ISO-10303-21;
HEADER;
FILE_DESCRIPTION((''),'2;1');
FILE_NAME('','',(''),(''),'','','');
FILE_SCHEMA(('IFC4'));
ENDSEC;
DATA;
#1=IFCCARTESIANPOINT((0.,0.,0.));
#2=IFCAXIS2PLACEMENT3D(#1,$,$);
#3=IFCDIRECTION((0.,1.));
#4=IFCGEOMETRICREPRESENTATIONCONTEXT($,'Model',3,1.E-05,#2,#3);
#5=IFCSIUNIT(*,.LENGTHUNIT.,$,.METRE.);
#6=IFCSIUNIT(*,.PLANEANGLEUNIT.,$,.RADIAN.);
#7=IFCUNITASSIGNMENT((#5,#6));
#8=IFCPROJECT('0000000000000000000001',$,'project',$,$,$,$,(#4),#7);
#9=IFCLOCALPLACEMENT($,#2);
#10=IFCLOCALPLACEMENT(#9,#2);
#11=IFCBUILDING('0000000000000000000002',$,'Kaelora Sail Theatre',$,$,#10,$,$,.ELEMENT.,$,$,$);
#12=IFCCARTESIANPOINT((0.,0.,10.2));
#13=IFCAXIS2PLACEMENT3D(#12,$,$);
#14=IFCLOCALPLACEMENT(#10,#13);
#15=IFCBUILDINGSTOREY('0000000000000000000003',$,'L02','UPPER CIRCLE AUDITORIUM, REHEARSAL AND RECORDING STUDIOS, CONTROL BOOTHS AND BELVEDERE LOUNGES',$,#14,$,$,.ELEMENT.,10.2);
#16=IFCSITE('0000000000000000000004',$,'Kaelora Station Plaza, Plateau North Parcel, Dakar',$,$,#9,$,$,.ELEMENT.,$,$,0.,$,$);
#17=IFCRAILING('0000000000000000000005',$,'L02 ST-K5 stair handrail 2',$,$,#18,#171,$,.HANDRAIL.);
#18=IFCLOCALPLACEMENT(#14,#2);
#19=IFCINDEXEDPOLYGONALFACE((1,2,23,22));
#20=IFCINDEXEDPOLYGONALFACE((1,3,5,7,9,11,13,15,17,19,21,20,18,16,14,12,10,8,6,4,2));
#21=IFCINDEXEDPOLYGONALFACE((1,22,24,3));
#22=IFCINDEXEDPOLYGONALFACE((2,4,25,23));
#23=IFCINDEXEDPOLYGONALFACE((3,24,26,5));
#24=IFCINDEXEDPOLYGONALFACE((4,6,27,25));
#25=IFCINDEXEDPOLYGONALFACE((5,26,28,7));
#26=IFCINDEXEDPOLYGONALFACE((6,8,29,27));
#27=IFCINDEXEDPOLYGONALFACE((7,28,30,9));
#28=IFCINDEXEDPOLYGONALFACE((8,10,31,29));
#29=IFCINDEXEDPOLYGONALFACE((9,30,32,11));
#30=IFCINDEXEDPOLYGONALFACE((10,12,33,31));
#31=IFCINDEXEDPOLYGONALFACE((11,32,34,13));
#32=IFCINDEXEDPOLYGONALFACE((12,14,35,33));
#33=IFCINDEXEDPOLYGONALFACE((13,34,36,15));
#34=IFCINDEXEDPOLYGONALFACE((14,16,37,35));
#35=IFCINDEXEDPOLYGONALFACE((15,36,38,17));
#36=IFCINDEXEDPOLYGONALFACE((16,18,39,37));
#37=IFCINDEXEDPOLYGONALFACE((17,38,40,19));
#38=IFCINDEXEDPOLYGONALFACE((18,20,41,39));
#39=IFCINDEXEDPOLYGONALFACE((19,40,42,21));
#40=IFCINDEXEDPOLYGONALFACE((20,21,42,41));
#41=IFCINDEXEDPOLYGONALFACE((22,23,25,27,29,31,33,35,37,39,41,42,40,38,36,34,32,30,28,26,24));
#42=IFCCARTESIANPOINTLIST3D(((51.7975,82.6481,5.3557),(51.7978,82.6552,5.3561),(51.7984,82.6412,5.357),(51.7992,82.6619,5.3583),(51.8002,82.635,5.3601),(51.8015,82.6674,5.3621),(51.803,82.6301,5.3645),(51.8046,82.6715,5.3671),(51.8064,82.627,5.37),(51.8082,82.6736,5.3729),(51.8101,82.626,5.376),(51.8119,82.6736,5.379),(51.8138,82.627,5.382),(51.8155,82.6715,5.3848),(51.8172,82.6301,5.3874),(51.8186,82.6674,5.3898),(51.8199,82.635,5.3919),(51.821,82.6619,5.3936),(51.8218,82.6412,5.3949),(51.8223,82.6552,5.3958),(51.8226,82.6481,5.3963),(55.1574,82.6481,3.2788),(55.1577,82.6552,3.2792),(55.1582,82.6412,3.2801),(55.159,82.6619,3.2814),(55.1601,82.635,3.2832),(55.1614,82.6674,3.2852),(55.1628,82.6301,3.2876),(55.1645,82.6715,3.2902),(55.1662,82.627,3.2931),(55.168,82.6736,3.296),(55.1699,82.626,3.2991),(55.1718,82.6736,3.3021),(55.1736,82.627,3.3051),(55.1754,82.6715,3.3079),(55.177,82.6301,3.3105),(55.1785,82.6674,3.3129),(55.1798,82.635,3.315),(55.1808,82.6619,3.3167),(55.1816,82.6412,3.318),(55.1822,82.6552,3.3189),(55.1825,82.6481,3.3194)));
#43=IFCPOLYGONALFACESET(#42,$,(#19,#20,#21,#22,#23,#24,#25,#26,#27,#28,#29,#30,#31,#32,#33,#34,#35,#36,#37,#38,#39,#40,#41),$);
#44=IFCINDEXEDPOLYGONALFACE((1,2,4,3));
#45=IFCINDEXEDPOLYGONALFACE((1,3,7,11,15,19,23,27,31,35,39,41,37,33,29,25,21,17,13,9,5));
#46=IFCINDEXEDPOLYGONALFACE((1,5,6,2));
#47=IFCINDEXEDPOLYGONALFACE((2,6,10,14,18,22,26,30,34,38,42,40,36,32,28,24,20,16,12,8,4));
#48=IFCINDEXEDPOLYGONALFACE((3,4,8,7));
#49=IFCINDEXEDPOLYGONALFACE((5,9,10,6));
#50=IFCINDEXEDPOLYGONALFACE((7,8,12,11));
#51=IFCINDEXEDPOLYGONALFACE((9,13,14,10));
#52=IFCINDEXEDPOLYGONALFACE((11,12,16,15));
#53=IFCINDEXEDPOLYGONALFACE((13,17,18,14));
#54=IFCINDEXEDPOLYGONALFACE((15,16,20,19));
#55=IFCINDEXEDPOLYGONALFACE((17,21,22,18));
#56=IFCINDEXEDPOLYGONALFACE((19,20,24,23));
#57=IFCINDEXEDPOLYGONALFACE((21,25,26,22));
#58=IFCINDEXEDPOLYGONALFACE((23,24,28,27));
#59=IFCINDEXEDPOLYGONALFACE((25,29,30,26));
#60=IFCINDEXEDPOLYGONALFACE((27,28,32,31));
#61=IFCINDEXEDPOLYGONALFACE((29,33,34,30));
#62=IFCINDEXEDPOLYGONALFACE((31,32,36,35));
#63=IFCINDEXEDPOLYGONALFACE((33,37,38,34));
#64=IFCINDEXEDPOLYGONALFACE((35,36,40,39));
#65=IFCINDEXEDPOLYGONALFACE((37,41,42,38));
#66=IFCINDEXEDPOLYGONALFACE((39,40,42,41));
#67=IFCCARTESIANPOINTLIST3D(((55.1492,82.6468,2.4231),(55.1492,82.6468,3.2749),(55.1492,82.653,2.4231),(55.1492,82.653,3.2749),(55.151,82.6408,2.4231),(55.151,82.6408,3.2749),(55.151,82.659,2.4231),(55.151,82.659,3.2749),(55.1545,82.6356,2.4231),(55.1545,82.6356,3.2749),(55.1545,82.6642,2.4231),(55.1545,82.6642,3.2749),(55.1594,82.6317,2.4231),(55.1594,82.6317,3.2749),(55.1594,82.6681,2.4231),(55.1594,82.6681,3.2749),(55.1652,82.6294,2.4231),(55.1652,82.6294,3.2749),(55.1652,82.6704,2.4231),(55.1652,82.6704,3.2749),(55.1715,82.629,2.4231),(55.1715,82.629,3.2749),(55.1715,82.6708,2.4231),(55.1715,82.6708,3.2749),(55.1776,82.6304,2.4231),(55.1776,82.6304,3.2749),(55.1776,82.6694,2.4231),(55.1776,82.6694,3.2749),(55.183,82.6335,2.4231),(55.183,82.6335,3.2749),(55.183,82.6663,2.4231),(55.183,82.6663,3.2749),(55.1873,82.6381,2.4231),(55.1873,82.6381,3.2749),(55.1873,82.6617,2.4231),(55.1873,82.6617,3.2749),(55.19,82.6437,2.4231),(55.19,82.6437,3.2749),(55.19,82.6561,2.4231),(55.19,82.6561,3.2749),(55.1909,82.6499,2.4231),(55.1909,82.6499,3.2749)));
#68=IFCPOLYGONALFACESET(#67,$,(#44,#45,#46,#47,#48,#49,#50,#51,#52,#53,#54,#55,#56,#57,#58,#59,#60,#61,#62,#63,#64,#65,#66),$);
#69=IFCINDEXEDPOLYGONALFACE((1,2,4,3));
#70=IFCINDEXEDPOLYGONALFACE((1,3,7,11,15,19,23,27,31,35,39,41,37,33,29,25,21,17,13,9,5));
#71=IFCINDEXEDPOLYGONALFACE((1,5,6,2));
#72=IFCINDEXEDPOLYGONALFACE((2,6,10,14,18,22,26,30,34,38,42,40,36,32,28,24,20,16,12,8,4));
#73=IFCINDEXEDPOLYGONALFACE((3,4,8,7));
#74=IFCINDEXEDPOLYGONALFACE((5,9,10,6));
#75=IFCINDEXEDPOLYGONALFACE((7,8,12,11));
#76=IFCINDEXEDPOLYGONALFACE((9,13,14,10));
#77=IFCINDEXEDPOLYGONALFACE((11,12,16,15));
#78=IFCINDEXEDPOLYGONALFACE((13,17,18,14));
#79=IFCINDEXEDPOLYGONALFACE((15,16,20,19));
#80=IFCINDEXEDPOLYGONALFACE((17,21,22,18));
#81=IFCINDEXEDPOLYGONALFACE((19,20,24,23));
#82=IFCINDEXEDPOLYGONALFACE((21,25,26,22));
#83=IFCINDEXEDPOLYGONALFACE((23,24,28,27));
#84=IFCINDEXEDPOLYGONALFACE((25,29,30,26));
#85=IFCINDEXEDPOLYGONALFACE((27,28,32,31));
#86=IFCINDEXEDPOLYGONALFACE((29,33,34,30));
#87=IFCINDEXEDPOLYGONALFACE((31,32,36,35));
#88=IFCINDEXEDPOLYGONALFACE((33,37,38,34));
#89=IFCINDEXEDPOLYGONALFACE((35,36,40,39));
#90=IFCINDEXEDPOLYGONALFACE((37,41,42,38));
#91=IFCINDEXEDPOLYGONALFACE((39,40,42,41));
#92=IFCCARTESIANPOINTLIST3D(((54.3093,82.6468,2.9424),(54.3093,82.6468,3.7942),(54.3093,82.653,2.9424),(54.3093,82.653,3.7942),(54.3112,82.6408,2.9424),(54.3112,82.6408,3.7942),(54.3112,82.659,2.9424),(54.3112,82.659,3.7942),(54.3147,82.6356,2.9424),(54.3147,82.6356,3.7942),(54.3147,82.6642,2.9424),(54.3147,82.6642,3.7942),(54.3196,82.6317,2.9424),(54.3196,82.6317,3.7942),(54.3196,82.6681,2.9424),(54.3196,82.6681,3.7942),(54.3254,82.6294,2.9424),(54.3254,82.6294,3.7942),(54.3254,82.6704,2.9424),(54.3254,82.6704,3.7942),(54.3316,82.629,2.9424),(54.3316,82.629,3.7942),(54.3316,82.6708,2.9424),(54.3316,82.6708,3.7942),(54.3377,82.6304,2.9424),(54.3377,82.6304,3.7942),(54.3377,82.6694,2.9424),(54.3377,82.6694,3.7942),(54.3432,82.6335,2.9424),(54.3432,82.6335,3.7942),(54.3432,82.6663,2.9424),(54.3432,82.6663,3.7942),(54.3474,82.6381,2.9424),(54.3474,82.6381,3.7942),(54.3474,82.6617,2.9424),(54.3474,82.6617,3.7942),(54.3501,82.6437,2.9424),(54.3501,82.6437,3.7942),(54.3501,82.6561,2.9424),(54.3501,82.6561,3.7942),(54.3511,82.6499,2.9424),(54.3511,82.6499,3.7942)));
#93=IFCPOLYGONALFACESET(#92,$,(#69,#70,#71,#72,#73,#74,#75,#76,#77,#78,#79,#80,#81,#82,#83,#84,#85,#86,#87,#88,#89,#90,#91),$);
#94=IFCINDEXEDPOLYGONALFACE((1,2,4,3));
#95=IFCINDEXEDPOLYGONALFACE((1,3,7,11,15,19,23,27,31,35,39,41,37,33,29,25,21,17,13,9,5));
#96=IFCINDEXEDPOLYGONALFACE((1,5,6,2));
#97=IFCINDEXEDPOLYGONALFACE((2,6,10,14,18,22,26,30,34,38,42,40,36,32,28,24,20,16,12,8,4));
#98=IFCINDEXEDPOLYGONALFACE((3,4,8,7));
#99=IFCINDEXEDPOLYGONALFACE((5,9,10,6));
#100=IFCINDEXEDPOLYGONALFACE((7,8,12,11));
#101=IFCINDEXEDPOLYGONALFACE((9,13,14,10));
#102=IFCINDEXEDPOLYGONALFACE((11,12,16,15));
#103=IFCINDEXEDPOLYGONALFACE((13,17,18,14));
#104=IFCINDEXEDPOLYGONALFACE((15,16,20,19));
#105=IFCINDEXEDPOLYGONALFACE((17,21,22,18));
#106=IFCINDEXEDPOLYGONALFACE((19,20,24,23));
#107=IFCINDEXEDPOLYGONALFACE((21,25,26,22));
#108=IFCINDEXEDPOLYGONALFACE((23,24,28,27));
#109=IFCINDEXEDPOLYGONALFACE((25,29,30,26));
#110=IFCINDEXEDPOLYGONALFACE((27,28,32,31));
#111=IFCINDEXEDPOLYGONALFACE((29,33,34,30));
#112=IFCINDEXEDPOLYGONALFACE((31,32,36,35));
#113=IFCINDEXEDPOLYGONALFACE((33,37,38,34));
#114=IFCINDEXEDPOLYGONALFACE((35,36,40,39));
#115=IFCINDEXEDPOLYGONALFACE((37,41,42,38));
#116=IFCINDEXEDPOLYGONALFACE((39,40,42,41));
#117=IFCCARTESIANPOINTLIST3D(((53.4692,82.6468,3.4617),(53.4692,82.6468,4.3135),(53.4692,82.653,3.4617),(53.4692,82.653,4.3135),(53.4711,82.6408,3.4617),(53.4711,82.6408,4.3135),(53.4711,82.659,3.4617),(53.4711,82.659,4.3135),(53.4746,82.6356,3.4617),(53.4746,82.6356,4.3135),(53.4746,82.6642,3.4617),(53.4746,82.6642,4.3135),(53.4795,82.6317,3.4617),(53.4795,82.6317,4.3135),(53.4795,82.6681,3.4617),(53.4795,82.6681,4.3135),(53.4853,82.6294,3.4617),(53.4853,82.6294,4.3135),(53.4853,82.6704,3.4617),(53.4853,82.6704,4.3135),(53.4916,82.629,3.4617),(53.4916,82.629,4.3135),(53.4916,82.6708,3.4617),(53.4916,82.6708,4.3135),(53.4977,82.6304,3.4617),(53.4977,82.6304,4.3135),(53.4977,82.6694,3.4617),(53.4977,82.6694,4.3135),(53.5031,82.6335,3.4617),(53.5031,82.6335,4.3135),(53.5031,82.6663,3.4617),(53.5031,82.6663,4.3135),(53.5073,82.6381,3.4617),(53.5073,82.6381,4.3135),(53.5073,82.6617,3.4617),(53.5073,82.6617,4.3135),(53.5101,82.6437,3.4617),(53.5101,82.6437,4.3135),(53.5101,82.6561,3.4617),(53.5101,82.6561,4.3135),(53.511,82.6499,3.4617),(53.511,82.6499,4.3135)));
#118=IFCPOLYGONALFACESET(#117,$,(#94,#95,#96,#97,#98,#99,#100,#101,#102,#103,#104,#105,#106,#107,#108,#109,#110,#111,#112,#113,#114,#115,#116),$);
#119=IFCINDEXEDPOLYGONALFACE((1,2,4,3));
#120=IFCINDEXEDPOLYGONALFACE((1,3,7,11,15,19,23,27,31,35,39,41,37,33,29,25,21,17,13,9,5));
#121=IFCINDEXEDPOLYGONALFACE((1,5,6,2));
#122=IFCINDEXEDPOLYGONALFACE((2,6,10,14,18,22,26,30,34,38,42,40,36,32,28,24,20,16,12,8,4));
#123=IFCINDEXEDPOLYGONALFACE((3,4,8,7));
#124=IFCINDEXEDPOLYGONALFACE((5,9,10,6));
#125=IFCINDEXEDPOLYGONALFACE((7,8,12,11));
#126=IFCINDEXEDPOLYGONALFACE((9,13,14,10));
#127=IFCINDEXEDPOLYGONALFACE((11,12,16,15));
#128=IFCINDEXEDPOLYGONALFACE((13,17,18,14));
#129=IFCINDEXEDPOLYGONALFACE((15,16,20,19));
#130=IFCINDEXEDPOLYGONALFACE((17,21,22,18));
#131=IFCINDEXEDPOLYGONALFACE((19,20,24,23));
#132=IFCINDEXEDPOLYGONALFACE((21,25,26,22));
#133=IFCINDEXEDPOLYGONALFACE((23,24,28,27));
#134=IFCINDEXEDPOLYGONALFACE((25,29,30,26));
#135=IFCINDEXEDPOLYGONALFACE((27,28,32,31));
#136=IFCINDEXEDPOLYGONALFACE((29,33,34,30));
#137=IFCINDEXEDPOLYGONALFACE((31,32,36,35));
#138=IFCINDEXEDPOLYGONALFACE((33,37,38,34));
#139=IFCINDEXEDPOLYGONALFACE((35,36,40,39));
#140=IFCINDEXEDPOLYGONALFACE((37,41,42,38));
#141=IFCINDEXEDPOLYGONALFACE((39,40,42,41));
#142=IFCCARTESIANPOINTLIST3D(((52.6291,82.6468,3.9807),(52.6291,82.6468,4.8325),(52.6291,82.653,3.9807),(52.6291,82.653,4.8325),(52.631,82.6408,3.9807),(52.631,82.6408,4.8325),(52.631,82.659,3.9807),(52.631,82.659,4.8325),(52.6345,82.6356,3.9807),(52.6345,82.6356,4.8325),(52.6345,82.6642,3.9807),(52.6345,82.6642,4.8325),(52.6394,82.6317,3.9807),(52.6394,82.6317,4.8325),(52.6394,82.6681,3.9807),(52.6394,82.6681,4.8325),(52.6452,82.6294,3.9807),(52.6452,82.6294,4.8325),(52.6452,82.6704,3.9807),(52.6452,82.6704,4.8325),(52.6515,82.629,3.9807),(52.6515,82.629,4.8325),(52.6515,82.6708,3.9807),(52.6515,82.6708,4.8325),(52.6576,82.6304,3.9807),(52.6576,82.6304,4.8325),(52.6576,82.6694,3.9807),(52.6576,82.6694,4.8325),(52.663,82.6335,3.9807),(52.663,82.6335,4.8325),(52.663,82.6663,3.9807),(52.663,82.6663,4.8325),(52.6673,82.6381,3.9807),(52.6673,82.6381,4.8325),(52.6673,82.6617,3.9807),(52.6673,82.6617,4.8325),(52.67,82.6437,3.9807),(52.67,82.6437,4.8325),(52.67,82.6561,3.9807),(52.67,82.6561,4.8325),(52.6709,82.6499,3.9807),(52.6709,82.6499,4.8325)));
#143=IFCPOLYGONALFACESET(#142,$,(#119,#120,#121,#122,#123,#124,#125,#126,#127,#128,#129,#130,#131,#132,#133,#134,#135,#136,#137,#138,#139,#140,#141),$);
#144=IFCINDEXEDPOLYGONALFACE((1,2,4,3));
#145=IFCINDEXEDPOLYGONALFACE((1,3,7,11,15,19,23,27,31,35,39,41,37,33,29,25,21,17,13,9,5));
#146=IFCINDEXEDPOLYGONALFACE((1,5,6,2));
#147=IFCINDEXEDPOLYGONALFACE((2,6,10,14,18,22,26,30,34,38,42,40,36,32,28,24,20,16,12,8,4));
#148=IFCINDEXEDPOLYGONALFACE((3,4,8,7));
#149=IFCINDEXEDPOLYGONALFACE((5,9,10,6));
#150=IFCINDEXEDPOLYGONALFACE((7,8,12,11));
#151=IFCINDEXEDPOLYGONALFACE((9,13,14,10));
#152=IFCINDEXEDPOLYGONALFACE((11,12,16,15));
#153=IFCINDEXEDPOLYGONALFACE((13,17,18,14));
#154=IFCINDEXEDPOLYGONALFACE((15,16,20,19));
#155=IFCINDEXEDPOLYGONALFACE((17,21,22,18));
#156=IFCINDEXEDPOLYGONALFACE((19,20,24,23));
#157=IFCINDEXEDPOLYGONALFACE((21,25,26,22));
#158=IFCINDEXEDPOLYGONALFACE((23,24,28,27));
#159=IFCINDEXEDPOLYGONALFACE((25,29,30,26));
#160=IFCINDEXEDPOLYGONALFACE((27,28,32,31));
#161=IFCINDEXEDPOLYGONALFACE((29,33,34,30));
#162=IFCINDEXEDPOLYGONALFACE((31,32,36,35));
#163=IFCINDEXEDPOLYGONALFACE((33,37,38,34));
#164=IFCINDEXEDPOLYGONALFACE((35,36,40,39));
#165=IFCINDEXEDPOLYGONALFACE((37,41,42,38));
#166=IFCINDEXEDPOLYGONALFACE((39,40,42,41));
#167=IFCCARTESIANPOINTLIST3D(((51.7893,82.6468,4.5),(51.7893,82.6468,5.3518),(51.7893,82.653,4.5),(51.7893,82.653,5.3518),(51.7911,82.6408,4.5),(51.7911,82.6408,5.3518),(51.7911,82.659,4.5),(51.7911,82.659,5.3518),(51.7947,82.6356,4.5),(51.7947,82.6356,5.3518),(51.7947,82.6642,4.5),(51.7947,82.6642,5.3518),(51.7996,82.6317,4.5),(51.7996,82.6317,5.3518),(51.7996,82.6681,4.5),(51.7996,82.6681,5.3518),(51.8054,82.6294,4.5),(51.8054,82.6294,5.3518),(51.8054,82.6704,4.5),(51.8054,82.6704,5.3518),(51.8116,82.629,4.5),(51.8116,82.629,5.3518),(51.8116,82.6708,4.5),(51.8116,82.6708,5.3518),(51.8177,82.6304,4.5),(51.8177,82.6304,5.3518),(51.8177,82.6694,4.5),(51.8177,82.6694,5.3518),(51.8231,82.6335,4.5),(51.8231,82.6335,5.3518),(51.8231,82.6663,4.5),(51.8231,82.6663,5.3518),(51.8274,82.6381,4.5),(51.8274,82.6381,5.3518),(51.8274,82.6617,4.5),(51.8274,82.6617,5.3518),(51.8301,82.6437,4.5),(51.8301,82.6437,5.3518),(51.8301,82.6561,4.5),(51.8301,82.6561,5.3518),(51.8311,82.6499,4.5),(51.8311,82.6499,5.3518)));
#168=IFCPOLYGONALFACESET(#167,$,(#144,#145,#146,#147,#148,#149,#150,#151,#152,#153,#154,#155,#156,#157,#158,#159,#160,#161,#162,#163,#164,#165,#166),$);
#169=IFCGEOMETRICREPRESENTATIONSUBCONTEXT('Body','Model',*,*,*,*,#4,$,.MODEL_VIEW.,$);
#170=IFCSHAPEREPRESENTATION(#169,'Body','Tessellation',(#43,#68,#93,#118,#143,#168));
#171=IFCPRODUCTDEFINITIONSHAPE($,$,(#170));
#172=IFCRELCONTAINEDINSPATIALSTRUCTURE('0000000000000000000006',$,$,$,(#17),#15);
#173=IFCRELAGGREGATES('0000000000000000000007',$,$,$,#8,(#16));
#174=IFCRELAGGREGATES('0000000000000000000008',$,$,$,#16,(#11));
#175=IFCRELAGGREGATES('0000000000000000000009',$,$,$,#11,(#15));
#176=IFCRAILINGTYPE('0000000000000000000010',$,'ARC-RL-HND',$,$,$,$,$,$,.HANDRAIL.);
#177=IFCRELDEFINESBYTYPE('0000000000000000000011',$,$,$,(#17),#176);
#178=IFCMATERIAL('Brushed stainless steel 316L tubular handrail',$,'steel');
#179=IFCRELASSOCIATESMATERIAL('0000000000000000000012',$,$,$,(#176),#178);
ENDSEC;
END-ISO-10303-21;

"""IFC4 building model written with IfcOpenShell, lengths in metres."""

from ifc_helpers import new_model, si_unit, direction, frame, origin, origin_2d, place, context, subcontext, project, spatial, circle, extrude, material, type_object, element, save


model = new_model("IFC4")

# Units and contexts
model_context = context("Model", 3, precision=1e-05, world=origin(), true_north=direction((0.0, 1.0)))
body_context = subcontext(model_context, "Body", "Model", "MODEL_VIEW")
ifc_project = project(units=[si_unit("LENGTHUNIT", "METRE"), si_unit("PLANEANGLEUNIT", "RADIAN")], contexts=[model_context])

# Site, building, storey
site_placement = place(None, origin())
site = spatial("IfcSite", under=ifc_project, at=site_placement, Name="Kaelora Station Plaza, Plateau North Parcel, Dakar", CompositionType="ELEMENT", RefElevation=0.0)
building_placement = place(site_placement, origin())
building = spatial("IfcBuilding", under=site, at=building_placement, Name="Kaelora Sail Theatre", CompositionType="ELEMENT")
storey_placement = place(building_placement, frame((0.0, 0.0, 10.2)))
storey = spatial("IfcBuildingStorey", under=building, at=storey_placement, Name="L02", Description="UPPER CIRCLE AUDITORIUM, REHEARSAL AND RECORDING STUDIOS, CONTROL BOOTHS AND BELVEDERE LOUNGES", CompositionType="ELEMENT", Elevation=10.2)

# Railing
ifc_material_1 = material(Name="Brushed stainless steel 316L tubular handrail", Category="steel")
railing_type_1 = type_object("IfcRailingType", Name="ARC-RL-HND", PredefinedType="HANDRAIL", material=ifc_material_1)
railing_1_placement = place(storey_placement, frame((55.1699, 82.6499, 2.4231)))
element("IfcRailing", 1, at=railing_1_placement, inside=storey, type_object=railing_type_1, Name="L02 ST-K5 stair handrail 2", PredefinedType="HANDRAIL", context=body_context, shape_type="SweptSolid", body=[
    extrude(circle(Radius=0.0239, at=origin_2d()), frame((0.0, 0.0, 0.876), z_axis=(-0.850606, 0.0, 0.525803), x_axis=(0.0, -1.0, 0.0)), (0.0, 0.0, 1.0), 3.95),
    extrude(circle(Radius=0.021, at=origin_2d()), origin(), (0.0, 0.0, 1.0), 0.8518),
    extrude(circle(Radius=0.021, at=origin_2d()), frame((-0.8398, 0.0, 0.5193)), (0.0, 0.0, 1.0), 0.8518),
    extrude(circle(Radius=0.021, at=origin_2d()), frame((-1.6799, 0.0, 1.0386)), (0.0, 0.0, 1.0), 0.8518),
    extrude(circle(Radius=0.021, at=origin_2d()), frame((-2.52, 0.0, 1.5576)), (0.0, 0.0, 1.0), 0.8518),
    extrude(circle(Radius=0.021, at=origin_2d()), frame((-3.3599, 0.0, 2.0769)), (0.0, 0.0, 1.0), 0.8518),
])

save(model, "model.ifc")
